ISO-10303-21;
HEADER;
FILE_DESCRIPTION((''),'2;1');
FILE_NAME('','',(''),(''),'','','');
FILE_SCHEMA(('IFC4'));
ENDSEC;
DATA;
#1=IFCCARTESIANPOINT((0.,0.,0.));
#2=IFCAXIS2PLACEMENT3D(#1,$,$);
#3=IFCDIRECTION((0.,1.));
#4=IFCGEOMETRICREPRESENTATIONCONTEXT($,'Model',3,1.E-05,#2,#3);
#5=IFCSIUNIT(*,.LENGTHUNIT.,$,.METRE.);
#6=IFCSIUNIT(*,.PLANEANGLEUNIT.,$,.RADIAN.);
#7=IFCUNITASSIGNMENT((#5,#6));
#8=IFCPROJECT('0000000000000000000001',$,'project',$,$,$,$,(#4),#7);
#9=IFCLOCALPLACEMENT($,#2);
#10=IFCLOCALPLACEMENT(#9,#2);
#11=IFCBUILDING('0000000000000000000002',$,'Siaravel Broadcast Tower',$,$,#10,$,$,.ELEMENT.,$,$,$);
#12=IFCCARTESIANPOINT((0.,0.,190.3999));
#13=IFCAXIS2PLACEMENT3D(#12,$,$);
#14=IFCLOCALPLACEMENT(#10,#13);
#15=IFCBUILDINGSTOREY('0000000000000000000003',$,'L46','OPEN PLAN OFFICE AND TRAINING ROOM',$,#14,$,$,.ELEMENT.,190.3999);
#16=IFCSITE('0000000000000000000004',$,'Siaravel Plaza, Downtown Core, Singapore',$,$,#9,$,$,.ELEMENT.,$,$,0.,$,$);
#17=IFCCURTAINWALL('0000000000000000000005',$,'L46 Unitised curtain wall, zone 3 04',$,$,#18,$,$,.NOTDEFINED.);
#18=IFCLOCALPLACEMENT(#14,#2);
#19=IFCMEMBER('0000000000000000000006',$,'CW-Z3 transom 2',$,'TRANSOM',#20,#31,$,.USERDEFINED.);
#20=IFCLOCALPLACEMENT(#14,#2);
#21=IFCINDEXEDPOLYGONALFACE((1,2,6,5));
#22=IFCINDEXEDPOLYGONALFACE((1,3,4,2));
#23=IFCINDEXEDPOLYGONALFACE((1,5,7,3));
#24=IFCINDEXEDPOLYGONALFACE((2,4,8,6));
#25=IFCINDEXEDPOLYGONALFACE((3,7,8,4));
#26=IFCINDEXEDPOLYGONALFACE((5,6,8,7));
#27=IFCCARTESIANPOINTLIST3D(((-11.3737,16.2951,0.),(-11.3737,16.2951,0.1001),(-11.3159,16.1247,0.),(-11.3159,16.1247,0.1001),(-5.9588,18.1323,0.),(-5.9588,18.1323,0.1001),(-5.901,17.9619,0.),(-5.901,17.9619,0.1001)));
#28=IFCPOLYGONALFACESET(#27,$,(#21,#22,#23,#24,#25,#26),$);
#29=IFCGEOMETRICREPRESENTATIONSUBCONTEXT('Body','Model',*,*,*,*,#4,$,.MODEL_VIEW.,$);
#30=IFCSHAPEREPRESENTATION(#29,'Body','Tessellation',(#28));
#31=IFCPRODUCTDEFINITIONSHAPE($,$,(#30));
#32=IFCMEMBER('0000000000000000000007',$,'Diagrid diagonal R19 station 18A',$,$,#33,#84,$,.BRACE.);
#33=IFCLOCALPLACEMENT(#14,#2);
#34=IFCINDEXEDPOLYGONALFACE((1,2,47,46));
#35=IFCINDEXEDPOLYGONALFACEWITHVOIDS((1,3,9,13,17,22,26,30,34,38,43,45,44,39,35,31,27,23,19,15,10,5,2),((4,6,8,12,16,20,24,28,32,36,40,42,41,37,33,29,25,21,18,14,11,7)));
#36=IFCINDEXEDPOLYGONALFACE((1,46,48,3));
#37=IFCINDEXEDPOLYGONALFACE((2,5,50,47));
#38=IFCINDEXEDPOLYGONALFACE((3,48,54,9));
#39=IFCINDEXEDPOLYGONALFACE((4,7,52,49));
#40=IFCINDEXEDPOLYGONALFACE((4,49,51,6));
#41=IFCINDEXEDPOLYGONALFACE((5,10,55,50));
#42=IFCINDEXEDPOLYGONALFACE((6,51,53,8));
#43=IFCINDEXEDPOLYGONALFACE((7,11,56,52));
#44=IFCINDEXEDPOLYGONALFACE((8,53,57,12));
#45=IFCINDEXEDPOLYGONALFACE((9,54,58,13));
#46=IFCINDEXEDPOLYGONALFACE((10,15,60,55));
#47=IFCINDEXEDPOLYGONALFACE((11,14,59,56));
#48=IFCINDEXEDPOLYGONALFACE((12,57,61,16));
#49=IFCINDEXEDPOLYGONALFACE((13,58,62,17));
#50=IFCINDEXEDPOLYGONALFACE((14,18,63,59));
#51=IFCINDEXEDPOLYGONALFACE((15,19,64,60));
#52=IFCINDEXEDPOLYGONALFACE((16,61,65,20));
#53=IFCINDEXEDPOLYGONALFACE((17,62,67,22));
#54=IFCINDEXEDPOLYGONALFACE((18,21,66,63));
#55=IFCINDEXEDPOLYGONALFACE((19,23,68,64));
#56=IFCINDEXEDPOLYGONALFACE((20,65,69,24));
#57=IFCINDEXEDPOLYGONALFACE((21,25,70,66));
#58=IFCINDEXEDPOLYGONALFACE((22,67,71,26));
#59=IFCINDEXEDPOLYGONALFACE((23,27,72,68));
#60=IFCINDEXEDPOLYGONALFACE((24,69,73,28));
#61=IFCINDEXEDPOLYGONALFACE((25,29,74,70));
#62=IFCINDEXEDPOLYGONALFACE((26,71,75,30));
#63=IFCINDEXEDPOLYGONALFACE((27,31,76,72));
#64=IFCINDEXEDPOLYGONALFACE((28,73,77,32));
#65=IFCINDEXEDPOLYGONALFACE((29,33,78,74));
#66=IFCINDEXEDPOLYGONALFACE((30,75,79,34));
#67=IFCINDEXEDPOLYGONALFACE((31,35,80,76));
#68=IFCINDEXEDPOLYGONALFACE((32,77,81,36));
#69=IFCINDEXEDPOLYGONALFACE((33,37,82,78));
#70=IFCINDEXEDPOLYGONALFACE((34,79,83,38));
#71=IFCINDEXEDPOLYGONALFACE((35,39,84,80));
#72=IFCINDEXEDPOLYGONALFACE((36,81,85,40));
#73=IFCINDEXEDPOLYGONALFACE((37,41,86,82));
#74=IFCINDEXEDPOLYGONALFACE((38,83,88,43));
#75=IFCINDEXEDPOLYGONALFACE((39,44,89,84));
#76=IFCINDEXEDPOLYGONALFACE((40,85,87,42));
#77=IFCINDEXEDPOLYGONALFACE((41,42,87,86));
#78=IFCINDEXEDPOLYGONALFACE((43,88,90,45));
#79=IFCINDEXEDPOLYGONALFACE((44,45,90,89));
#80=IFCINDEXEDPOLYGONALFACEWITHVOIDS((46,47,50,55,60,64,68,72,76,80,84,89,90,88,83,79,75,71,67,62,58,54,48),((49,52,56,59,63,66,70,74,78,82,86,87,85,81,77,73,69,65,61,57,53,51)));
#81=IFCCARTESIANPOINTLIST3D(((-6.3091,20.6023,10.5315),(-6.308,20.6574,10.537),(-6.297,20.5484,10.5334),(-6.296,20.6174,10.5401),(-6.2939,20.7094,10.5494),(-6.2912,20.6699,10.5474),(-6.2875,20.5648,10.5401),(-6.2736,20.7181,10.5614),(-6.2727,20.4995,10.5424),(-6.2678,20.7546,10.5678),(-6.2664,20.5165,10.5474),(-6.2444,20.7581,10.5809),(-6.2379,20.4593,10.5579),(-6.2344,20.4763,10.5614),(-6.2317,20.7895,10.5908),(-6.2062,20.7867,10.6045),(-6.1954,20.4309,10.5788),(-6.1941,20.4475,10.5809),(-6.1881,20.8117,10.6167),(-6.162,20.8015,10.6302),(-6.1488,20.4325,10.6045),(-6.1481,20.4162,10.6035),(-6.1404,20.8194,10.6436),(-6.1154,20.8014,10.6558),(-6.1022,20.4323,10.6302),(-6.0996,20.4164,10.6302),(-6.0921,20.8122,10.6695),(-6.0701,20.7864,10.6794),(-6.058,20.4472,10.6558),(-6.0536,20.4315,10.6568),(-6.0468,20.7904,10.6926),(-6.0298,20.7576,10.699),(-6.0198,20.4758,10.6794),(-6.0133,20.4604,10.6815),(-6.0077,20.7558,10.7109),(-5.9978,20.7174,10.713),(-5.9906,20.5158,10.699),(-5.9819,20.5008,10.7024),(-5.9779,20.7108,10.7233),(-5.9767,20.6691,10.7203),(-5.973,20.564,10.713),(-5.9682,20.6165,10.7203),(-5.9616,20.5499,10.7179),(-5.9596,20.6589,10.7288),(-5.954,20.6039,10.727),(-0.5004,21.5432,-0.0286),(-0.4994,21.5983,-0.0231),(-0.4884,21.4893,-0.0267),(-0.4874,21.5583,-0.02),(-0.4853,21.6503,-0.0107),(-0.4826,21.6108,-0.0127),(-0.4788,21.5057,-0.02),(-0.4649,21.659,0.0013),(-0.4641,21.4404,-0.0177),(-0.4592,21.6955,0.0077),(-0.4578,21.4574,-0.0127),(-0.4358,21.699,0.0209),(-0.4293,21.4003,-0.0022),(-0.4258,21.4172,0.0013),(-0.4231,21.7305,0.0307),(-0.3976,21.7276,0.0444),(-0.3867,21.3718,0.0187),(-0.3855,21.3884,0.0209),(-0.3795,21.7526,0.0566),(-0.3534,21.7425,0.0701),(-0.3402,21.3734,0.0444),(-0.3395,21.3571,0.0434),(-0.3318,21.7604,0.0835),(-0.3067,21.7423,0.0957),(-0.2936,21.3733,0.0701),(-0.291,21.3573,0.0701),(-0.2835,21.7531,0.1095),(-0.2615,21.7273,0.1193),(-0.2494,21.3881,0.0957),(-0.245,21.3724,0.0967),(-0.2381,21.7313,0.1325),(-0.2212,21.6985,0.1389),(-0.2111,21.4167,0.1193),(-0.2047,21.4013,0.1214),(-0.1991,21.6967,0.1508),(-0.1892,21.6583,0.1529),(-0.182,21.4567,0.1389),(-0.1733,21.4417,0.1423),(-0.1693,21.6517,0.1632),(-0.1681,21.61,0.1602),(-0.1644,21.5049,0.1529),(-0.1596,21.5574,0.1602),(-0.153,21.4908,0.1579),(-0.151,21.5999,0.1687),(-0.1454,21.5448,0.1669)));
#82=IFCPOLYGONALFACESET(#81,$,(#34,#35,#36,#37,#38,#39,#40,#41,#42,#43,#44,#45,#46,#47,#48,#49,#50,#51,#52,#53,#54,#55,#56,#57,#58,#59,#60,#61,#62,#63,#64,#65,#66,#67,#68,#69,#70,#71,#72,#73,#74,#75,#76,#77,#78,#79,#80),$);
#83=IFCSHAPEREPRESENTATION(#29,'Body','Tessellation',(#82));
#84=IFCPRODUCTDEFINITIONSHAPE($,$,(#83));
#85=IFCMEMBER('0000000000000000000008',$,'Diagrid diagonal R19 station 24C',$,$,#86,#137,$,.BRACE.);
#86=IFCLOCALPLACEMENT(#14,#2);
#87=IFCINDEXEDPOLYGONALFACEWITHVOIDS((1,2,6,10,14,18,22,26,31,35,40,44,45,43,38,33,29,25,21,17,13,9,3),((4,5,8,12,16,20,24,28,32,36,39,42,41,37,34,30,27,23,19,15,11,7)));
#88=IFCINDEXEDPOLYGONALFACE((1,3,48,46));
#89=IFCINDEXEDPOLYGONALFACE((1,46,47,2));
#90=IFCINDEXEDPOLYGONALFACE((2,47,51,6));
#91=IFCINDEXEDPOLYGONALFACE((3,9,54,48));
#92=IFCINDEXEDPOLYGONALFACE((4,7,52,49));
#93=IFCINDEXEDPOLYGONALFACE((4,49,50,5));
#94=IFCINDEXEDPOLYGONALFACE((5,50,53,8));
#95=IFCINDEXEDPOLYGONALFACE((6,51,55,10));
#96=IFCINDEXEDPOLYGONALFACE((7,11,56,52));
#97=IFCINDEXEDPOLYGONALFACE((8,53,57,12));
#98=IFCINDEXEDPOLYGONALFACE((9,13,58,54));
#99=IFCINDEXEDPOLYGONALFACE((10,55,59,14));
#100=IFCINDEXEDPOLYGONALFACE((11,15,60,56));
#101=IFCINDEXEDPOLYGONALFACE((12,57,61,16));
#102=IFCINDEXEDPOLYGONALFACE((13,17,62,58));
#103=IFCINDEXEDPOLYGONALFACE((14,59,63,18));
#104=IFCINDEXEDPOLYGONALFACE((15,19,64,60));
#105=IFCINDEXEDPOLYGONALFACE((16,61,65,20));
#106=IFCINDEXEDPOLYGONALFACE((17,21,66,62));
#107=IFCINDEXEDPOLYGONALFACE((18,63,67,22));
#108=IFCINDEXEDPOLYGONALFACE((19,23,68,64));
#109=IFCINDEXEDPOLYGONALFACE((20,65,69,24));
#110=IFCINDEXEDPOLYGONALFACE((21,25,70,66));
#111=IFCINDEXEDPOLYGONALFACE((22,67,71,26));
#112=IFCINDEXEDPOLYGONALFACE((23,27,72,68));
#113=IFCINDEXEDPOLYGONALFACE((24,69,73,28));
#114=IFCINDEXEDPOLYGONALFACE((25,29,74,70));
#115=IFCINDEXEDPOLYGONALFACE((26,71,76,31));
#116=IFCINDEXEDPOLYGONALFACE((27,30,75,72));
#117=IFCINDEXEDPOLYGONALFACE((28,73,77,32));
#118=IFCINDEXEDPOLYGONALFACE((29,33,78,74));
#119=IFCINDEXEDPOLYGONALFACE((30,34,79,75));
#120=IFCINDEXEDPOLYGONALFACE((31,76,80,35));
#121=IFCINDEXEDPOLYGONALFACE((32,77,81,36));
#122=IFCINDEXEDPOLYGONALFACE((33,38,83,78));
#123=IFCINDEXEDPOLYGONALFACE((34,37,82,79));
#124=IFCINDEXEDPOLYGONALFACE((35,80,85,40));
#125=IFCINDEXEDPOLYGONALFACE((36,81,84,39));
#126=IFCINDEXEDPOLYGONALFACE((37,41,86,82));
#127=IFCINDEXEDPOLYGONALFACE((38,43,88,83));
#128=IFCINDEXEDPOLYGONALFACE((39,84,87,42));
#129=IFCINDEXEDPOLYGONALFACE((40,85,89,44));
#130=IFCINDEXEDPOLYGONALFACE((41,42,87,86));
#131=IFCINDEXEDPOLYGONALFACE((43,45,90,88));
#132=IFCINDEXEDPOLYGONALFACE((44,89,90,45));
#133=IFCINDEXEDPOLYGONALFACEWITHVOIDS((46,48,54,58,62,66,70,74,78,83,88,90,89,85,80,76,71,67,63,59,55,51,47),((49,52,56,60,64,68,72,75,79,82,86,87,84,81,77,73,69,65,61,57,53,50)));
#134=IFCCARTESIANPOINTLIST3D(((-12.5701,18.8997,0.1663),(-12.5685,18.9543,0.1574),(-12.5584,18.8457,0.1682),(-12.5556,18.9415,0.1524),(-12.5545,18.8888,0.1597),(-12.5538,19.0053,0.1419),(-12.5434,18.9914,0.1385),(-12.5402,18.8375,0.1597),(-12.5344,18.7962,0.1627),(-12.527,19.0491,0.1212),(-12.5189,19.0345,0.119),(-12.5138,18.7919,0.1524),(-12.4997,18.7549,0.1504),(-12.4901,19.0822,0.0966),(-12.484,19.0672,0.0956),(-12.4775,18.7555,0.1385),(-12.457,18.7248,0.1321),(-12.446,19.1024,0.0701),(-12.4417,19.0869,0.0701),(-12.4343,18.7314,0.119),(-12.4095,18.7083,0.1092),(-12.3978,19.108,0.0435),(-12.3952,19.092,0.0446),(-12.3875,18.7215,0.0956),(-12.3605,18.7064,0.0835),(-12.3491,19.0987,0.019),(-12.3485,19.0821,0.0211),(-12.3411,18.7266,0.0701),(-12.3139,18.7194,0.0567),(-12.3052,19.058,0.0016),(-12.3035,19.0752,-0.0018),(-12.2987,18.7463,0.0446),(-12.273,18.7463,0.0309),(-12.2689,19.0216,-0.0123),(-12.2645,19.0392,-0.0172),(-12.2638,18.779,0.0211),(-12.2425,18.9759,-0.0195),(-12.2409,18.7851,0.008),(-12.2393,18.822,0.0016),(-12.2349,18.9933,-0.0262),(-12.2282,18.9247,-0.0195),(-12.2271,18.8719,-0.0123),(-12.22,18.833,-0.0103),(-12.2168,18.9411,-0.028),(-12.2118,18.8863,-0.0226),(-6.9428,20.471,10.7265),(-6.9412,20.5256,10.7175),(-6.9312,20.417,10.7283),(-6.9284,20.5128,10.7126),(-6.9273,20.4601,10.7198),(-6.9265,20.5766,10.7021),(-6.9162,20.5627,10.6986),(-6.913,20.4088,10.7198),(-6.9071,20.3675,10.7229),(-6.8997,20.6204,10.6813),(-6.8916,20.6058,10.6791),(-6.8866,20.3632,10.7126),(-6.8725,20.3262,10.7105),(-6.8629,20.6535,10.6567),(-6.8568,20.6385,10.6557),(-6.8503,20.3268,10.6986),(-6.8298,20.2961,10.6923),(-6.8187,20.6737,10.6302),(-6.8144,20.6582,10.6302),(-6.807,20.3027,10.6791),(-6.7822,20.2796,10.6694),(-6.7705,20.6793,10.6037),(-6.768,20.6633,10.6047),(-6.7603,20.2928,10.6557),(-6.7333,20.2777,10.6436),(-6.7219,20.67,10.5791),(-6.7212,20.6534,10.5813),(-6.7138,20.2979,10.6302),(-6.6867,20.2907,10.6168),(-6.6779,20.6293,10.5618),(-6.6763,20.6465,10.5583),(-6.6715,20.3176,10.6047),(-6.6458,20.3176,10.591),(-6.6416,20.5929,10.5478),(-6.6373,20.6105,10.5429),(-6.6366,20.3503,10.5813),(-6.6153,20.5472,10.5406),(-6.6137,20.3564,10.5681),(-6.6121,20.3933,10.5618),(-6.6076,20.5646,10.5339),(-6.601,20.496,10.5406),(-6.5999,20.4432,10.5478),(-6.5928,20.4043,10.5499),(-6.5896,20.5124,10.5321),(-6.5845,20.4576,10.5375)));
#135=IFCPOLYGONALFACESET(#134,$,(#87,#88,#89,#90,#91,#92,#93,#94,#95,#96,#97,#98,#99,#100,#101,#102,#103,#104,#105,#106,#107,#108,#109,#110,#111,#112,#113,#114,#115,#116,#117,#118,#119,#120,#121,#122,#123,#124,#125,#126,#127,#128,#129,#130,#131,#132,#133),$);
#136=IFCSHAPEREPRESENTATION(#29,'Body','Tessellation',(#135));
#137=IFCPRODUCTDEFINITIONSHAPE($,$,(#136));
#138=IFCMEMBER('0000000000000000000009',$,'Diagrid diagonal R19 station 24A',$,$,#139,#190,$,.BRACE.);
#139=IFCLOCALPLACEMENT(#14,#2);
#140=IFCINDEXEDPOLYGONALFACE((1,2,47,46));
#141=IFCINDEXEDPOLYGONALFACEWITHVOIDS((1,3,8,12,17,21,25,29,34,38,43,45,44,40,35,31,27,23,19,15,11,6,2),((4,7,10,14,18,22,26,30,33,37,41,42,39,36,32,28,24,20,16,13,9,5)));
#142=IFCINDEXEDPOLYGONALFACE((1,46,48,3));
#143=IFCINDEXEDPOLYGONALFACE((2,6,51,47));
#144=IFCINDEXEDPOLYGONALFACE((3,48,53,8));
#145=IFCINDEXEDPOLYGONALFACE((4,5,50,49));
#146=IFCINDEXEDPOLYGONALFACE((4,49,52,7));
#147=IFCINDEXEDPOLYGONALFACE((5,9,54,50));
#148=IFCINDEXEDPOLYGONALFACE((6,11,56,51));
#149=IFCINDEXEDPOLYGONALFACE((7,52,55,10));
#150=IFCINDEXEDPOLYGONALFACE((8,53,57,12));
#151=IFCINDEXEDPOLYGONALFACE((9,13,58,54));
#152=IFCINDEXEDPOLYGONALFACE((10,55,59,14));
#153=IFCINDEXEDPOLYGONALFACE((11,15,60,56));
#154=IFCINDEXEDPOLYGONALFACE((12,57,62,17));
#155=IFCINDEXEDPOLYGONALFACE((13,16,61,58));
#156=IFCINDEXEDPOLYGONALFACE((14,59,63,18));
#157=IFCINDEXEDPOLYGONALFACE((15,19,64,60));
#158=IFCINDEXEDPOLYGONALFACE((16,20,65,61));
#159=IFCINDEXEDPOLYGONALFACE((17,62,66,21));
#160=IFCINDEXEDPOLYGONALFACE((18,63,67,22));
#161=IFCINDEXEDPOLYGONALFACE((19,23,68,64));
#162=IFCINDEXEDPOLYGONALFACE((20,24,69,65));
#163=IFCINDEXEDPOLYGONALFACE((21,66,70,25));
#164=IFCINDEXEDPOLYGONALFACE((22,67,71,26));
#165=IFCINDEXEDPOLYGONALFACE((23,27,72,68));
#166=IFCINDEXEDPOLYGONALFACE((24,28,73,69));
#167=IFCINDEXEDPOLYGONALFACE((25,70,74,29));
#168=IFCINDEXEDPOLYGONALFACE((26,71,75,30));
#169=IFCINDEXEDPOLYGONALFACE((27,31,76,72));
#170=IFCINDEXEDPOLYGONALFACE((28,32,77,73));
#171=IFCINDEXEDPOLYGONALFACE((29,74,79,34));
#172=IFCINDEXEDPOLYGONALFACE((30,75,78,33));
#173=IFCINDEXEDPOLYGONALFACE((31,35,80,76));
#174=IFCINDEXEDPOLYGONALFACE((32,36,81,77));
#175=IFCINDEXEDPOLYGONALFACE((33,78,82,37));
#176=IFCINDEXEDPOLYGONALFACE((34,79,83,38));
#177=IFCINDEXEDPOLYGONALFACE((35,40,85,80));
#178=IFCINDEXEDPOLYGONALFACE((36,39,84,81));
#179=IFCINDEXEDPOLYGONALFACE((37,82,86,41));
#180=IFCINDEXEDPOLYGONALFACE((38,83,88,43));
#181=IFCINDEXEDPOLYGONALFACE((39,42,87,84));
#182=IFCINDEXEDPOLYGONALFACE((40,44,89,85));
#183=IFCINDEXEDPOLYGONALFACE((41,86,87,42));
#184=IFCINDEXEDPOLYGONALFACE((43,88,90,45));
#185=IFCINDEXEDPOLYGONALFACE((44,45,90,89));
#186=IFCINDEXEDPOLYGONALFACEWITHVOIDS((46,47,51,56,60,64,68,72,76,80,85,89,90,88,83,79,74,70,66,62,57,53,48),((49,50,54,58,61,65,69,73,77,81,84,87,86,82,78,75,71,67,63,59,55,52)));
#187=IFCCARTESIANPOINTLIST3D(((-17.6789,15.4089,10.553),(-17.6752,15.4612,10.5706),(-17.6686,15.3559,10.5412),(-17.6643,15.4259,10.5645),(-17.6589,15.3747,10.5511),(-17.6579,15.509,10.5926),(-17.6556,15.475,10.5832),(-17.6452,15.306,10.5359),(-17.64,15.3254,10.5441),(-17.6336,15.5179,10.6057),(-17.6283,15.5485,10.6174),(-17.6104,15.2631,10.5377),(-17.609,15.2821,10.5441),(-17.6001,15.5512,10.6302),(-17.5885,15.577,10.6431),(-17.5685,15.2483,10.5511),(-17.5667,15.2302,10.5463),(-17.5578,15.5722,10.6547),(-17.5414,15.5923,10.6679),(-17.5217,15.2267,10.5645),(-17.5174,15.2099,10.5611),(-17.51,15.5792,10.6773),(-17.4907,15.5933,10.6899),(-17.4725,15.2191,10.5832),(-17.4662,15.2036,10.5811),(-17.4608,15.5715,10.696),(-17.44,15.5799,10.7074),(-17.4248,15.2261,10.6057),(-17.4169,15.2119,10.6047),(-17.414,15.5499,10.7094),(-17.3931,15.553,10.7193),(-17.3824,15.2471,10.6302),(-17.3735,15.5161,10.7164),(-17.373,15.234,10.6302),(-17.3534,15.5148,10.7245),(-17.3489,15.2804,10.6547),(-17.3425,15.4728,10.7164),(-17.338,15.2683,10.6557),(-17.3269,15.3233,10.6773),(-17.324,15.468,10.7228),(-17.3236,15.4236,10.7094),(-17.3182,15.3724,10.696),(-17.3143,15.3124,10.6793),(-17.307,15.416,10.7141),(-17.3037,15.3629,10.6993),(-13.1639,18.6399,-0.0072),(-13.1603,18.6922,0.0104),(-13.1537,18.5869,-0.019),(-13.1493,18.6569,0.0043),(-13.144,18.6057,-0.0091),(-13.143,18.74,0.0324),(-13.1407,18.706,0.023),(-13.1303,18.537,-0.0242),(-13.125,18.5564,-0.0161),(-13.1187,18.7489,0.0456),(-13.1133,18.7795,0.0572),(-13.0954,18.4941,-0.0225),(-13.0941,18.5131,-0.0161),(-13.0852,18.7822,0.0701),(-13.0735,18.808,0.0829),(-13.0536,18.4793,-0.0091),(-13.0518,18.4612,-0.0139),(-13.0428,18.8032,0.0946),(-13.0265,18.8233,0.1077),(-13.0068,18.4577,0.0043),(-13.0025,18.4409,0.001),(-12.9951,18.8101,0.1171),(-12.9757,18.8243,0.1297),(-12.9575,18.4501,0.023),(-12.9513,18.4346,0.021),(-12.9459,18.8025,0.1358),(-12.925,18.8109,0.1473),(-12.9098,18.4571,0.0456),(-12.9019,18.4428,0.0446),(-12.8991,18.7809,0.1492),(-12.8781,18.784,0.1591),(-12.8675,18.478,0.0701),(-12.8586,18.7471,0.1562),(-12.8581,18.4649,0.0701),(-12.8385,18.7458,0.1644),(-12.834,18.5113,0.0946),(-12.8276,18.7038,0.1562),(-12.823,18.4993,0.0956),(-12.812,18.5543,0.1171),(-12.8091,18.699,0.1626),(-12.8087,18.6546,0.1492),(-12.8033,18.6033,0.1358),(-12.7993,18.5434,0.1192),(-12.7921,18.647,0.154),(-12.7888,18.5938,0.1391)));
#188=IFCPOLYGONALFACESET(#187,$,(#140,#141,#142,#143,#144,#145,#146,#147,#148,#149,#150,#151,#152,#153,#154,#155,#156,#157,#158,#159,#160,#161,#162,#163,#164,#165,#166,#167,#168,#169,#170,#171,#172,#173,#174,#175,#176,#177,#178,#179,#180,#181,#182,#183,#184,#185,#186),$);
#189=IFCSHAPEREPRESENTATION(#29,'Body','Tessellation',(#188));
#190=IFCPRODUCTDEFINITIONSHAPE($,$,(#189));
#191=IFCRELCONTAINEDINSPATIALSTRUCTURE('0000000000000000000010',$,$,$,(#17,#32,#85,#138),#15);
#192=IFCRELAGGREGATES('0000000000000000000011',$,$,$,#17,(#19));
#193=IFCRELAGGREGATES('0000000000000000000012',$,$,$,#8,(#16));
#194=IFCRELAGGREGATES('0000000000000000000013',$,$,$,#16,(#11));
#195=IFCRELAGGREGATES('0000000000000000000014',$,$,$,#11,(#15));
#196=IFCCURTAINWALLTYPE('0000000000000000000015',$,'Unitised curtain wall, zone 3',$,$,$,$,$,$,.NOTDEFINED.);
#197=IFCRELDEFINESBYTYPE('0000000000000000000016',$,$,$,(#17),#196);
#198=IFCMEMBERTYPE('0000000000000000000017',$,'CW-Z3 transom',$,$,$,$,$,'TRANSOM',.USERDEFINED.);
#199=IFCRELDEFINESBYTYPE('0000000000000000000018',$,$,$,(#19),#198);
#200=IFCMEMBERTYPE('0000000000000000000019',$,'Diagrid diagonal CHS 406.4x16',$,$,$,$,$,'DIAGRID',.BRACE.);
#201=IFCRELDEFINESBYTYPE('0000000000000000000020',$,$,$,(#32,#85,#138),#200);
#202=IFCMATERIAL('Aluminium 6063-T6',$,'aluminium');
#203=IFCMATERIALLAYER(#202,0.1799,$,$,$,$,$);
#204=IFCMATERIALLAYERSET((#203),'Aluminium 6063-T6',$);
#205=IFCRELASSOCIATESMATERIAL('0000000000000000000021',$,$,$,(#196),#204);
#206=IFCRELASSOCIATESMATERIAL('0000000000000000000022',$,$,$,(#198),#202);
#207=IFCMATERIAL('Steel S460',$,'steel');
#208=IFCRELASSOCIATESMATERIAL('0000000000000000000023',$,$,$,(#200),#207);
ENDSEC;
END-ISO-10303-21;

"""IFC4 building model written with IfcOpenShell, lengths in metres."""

from ifc_helpers import new_model, si_unit, direction, frame, origin, origin_2d, place, context, subcontext, project, spatial, rectangle, hollow_circle, extrude, material, layer, layer_set, material_profile, profile_set, type_object, element, aggregate, save


model = new_model("IFC4")

# Units and contexts
model_context = context("Model", 3, precision=1e-05, world=origin(), true_north=direction((0.0, 1.0)))
body_context = subcontext(model_context, "Body", "Model", "MODEL_VIEW")
ifc_project = project(units=[si_unit("LENGTHUNIT", "METRE"), si_unit("PLANEANGLEUNIT", "RADIAN")], contexts=[model_context])

# Site, building, storey
site_placement = place(None, origin())
site = spatial("IfcSite", under=ifc_project, at=site_placement, Name="Siaravel Plaza, Downtown Core, Singapore", CompositionType="ELEMENT", RefElevation=0.0)
building_placement = place(site_placement, origin())
building = spatial("IfcBuilding", under=site, at=building_placement, Name="Siaravel Broadcast Tower", CompositionType="ELEMENT")
storey_placement = place(building_placement, frame((0.0, 0.0, 190.3999)))
storey = spatial("IfcBuildingStorey", under=building, at=storey_placement, Name="L46", Description="OPEN PLAN OFFICE AND TRAINING ROOM", CompositionType="ELEMENT", Elevation=190.3999)

# Curtain wall, member
ifc_material_1 = material(Name="Aluminium 6063-T6", Category="aluminium")
ifc_layer_1 = layer(ifc_material_1, 0.1799)
ifc_layer_set_1 = layer_set([ifc_layer_1], Name="Aluminium 6063-T6")
curtain_wall_type = type_object("IfcCurtainWallType", Name="Unitised curtain wall, zone 3", PredefinedType="NOTDEFINED", material=ifc_layer_set_1)
curtain_wall_placement = place(storey_placement, origin())
curtain_wall = element("IfcCurtainWall", 1, at=curtain_wall_placement, inside=storey, type_object=curtain_wall_type, Name="L46 Unitised curtain wall, zone 3 04", PredefinedType="NOTDEFINED")
ifc_material_profile_1 = material_profile(ifc_material_1, rectangle(XDim=0.1799, YDim=0.1001, at=origin_2d()))
ifc_profile_set_1 = profile_set([ifc_material_profile_1], Name="Aluminium 6063-T6")
member_type_1 = type_object("IfcMemberType", Name="CW-Z3 transom", ElementType="TRANSOM", PredefinedType="USERDEFINED", material=ifc_profile_set_1)
member_1_placement = place(storey_placement, frame((-5.9299, 18.0471, 0.05), z_axis=(-0.946979, -0.321296, 0.0), x_axis=(0.321296, -0.946979, 0.0)))
member_1 = element("IfcMember", 2, at=member_1_placement, type_object=member_type_1, Name="CW-Z3 transom 2", ObjectType="TRANSOM", PredefinedType="USERDEFINED", context=body_context, shape_type="SweptSolid", body=[
    extrude(rectangle(XDim=0.1799, YDim=0.1001, at=origin_2d()), origin(), (0.0, 0.0, 1.0), 5.718),
])

# Members
ifc_material_2 = material(Name="Steel S460", Category="steel")
ifc_material_profile_2 = material_profile(ifc_material_2, hollow_circle(Radius=0.2031, WallThickness=0.0161, at=origin_2d()))
ifc_profile_set_2 = profile_set([ifc_material_profile_2], Name="Steel S460")
member_type_2 = type_object("IfcMemberType", Name="Diagrid diagonal CHS 406.4x16", ElementType="DIAGRID", PredefinedType="BRACE", material=ifc_profile_set_2)
member_2_placement = place(storey_placement, frame((-0.3235, 21.5579, 0.0701), z_axis=(-0.480492, -0.077834, 0.873538), x_axis=(0.159903, -0.987133, 0.0)))
element("IfcMember", 3, at=member_2_placement, inside=storey, type_object=member_type_2, Name="Diagrid diagonal R19 station 18A", PredefinedType="BRACE", context=body_context, shape_type="SweptSolid", body=[
    extrude(hollow_circle(Radius=0.2031, WallThickness=0.0161, at=origin_2d()), origin(), (0.0, 0.0, 1.0), 12.0889),
])
member_3_placement = place(storey_placement, frame((-12.3914, 18.9067, 0.0701), z_axis=(0.466271, 0.130197, 0.875009), x_axis=(-0.268943, 0.963156, 0.0)))
element("IfcMember", 4, at=member_3_placement, inside=storey, type_object=member_type_2, Name="Diagrid diagonal R19 station 24C", PredefinedType="BRACE", context=body_context, shape_type="SweptSolid", body=[
    extrude(hollow_circle(Radius=0.2031, WallThickness=0.0161, at=origin_2d()), origin(), (0.0, 0.0, 1.0), 12.0686),
])
member_4_placement = place(storey_placement, frame((-12.9763, 18.6301, 0.0701), z_axis=(-0.378431, -0.270814, 0.885127), x_axis=(0.581958, -0.813219, 0.0)))
element("IfcMember", 5, at=member_4_placement, inside=storey, type_object=member_type_2, Name="Diagrid diagonal R19 station 24A", PredefinedType="BRACE", context=body_context, shape_type="SweptSolid", body=[
    extrude(hollow_circle(Radius=0.2031, WallThickness=0.0161, at=origin_2d()), origin(), (0.0, 0.0, 1.0), 11.9307),
])

aggregate(curtain_wall, [member_1])

save(model, "model.ifc")
